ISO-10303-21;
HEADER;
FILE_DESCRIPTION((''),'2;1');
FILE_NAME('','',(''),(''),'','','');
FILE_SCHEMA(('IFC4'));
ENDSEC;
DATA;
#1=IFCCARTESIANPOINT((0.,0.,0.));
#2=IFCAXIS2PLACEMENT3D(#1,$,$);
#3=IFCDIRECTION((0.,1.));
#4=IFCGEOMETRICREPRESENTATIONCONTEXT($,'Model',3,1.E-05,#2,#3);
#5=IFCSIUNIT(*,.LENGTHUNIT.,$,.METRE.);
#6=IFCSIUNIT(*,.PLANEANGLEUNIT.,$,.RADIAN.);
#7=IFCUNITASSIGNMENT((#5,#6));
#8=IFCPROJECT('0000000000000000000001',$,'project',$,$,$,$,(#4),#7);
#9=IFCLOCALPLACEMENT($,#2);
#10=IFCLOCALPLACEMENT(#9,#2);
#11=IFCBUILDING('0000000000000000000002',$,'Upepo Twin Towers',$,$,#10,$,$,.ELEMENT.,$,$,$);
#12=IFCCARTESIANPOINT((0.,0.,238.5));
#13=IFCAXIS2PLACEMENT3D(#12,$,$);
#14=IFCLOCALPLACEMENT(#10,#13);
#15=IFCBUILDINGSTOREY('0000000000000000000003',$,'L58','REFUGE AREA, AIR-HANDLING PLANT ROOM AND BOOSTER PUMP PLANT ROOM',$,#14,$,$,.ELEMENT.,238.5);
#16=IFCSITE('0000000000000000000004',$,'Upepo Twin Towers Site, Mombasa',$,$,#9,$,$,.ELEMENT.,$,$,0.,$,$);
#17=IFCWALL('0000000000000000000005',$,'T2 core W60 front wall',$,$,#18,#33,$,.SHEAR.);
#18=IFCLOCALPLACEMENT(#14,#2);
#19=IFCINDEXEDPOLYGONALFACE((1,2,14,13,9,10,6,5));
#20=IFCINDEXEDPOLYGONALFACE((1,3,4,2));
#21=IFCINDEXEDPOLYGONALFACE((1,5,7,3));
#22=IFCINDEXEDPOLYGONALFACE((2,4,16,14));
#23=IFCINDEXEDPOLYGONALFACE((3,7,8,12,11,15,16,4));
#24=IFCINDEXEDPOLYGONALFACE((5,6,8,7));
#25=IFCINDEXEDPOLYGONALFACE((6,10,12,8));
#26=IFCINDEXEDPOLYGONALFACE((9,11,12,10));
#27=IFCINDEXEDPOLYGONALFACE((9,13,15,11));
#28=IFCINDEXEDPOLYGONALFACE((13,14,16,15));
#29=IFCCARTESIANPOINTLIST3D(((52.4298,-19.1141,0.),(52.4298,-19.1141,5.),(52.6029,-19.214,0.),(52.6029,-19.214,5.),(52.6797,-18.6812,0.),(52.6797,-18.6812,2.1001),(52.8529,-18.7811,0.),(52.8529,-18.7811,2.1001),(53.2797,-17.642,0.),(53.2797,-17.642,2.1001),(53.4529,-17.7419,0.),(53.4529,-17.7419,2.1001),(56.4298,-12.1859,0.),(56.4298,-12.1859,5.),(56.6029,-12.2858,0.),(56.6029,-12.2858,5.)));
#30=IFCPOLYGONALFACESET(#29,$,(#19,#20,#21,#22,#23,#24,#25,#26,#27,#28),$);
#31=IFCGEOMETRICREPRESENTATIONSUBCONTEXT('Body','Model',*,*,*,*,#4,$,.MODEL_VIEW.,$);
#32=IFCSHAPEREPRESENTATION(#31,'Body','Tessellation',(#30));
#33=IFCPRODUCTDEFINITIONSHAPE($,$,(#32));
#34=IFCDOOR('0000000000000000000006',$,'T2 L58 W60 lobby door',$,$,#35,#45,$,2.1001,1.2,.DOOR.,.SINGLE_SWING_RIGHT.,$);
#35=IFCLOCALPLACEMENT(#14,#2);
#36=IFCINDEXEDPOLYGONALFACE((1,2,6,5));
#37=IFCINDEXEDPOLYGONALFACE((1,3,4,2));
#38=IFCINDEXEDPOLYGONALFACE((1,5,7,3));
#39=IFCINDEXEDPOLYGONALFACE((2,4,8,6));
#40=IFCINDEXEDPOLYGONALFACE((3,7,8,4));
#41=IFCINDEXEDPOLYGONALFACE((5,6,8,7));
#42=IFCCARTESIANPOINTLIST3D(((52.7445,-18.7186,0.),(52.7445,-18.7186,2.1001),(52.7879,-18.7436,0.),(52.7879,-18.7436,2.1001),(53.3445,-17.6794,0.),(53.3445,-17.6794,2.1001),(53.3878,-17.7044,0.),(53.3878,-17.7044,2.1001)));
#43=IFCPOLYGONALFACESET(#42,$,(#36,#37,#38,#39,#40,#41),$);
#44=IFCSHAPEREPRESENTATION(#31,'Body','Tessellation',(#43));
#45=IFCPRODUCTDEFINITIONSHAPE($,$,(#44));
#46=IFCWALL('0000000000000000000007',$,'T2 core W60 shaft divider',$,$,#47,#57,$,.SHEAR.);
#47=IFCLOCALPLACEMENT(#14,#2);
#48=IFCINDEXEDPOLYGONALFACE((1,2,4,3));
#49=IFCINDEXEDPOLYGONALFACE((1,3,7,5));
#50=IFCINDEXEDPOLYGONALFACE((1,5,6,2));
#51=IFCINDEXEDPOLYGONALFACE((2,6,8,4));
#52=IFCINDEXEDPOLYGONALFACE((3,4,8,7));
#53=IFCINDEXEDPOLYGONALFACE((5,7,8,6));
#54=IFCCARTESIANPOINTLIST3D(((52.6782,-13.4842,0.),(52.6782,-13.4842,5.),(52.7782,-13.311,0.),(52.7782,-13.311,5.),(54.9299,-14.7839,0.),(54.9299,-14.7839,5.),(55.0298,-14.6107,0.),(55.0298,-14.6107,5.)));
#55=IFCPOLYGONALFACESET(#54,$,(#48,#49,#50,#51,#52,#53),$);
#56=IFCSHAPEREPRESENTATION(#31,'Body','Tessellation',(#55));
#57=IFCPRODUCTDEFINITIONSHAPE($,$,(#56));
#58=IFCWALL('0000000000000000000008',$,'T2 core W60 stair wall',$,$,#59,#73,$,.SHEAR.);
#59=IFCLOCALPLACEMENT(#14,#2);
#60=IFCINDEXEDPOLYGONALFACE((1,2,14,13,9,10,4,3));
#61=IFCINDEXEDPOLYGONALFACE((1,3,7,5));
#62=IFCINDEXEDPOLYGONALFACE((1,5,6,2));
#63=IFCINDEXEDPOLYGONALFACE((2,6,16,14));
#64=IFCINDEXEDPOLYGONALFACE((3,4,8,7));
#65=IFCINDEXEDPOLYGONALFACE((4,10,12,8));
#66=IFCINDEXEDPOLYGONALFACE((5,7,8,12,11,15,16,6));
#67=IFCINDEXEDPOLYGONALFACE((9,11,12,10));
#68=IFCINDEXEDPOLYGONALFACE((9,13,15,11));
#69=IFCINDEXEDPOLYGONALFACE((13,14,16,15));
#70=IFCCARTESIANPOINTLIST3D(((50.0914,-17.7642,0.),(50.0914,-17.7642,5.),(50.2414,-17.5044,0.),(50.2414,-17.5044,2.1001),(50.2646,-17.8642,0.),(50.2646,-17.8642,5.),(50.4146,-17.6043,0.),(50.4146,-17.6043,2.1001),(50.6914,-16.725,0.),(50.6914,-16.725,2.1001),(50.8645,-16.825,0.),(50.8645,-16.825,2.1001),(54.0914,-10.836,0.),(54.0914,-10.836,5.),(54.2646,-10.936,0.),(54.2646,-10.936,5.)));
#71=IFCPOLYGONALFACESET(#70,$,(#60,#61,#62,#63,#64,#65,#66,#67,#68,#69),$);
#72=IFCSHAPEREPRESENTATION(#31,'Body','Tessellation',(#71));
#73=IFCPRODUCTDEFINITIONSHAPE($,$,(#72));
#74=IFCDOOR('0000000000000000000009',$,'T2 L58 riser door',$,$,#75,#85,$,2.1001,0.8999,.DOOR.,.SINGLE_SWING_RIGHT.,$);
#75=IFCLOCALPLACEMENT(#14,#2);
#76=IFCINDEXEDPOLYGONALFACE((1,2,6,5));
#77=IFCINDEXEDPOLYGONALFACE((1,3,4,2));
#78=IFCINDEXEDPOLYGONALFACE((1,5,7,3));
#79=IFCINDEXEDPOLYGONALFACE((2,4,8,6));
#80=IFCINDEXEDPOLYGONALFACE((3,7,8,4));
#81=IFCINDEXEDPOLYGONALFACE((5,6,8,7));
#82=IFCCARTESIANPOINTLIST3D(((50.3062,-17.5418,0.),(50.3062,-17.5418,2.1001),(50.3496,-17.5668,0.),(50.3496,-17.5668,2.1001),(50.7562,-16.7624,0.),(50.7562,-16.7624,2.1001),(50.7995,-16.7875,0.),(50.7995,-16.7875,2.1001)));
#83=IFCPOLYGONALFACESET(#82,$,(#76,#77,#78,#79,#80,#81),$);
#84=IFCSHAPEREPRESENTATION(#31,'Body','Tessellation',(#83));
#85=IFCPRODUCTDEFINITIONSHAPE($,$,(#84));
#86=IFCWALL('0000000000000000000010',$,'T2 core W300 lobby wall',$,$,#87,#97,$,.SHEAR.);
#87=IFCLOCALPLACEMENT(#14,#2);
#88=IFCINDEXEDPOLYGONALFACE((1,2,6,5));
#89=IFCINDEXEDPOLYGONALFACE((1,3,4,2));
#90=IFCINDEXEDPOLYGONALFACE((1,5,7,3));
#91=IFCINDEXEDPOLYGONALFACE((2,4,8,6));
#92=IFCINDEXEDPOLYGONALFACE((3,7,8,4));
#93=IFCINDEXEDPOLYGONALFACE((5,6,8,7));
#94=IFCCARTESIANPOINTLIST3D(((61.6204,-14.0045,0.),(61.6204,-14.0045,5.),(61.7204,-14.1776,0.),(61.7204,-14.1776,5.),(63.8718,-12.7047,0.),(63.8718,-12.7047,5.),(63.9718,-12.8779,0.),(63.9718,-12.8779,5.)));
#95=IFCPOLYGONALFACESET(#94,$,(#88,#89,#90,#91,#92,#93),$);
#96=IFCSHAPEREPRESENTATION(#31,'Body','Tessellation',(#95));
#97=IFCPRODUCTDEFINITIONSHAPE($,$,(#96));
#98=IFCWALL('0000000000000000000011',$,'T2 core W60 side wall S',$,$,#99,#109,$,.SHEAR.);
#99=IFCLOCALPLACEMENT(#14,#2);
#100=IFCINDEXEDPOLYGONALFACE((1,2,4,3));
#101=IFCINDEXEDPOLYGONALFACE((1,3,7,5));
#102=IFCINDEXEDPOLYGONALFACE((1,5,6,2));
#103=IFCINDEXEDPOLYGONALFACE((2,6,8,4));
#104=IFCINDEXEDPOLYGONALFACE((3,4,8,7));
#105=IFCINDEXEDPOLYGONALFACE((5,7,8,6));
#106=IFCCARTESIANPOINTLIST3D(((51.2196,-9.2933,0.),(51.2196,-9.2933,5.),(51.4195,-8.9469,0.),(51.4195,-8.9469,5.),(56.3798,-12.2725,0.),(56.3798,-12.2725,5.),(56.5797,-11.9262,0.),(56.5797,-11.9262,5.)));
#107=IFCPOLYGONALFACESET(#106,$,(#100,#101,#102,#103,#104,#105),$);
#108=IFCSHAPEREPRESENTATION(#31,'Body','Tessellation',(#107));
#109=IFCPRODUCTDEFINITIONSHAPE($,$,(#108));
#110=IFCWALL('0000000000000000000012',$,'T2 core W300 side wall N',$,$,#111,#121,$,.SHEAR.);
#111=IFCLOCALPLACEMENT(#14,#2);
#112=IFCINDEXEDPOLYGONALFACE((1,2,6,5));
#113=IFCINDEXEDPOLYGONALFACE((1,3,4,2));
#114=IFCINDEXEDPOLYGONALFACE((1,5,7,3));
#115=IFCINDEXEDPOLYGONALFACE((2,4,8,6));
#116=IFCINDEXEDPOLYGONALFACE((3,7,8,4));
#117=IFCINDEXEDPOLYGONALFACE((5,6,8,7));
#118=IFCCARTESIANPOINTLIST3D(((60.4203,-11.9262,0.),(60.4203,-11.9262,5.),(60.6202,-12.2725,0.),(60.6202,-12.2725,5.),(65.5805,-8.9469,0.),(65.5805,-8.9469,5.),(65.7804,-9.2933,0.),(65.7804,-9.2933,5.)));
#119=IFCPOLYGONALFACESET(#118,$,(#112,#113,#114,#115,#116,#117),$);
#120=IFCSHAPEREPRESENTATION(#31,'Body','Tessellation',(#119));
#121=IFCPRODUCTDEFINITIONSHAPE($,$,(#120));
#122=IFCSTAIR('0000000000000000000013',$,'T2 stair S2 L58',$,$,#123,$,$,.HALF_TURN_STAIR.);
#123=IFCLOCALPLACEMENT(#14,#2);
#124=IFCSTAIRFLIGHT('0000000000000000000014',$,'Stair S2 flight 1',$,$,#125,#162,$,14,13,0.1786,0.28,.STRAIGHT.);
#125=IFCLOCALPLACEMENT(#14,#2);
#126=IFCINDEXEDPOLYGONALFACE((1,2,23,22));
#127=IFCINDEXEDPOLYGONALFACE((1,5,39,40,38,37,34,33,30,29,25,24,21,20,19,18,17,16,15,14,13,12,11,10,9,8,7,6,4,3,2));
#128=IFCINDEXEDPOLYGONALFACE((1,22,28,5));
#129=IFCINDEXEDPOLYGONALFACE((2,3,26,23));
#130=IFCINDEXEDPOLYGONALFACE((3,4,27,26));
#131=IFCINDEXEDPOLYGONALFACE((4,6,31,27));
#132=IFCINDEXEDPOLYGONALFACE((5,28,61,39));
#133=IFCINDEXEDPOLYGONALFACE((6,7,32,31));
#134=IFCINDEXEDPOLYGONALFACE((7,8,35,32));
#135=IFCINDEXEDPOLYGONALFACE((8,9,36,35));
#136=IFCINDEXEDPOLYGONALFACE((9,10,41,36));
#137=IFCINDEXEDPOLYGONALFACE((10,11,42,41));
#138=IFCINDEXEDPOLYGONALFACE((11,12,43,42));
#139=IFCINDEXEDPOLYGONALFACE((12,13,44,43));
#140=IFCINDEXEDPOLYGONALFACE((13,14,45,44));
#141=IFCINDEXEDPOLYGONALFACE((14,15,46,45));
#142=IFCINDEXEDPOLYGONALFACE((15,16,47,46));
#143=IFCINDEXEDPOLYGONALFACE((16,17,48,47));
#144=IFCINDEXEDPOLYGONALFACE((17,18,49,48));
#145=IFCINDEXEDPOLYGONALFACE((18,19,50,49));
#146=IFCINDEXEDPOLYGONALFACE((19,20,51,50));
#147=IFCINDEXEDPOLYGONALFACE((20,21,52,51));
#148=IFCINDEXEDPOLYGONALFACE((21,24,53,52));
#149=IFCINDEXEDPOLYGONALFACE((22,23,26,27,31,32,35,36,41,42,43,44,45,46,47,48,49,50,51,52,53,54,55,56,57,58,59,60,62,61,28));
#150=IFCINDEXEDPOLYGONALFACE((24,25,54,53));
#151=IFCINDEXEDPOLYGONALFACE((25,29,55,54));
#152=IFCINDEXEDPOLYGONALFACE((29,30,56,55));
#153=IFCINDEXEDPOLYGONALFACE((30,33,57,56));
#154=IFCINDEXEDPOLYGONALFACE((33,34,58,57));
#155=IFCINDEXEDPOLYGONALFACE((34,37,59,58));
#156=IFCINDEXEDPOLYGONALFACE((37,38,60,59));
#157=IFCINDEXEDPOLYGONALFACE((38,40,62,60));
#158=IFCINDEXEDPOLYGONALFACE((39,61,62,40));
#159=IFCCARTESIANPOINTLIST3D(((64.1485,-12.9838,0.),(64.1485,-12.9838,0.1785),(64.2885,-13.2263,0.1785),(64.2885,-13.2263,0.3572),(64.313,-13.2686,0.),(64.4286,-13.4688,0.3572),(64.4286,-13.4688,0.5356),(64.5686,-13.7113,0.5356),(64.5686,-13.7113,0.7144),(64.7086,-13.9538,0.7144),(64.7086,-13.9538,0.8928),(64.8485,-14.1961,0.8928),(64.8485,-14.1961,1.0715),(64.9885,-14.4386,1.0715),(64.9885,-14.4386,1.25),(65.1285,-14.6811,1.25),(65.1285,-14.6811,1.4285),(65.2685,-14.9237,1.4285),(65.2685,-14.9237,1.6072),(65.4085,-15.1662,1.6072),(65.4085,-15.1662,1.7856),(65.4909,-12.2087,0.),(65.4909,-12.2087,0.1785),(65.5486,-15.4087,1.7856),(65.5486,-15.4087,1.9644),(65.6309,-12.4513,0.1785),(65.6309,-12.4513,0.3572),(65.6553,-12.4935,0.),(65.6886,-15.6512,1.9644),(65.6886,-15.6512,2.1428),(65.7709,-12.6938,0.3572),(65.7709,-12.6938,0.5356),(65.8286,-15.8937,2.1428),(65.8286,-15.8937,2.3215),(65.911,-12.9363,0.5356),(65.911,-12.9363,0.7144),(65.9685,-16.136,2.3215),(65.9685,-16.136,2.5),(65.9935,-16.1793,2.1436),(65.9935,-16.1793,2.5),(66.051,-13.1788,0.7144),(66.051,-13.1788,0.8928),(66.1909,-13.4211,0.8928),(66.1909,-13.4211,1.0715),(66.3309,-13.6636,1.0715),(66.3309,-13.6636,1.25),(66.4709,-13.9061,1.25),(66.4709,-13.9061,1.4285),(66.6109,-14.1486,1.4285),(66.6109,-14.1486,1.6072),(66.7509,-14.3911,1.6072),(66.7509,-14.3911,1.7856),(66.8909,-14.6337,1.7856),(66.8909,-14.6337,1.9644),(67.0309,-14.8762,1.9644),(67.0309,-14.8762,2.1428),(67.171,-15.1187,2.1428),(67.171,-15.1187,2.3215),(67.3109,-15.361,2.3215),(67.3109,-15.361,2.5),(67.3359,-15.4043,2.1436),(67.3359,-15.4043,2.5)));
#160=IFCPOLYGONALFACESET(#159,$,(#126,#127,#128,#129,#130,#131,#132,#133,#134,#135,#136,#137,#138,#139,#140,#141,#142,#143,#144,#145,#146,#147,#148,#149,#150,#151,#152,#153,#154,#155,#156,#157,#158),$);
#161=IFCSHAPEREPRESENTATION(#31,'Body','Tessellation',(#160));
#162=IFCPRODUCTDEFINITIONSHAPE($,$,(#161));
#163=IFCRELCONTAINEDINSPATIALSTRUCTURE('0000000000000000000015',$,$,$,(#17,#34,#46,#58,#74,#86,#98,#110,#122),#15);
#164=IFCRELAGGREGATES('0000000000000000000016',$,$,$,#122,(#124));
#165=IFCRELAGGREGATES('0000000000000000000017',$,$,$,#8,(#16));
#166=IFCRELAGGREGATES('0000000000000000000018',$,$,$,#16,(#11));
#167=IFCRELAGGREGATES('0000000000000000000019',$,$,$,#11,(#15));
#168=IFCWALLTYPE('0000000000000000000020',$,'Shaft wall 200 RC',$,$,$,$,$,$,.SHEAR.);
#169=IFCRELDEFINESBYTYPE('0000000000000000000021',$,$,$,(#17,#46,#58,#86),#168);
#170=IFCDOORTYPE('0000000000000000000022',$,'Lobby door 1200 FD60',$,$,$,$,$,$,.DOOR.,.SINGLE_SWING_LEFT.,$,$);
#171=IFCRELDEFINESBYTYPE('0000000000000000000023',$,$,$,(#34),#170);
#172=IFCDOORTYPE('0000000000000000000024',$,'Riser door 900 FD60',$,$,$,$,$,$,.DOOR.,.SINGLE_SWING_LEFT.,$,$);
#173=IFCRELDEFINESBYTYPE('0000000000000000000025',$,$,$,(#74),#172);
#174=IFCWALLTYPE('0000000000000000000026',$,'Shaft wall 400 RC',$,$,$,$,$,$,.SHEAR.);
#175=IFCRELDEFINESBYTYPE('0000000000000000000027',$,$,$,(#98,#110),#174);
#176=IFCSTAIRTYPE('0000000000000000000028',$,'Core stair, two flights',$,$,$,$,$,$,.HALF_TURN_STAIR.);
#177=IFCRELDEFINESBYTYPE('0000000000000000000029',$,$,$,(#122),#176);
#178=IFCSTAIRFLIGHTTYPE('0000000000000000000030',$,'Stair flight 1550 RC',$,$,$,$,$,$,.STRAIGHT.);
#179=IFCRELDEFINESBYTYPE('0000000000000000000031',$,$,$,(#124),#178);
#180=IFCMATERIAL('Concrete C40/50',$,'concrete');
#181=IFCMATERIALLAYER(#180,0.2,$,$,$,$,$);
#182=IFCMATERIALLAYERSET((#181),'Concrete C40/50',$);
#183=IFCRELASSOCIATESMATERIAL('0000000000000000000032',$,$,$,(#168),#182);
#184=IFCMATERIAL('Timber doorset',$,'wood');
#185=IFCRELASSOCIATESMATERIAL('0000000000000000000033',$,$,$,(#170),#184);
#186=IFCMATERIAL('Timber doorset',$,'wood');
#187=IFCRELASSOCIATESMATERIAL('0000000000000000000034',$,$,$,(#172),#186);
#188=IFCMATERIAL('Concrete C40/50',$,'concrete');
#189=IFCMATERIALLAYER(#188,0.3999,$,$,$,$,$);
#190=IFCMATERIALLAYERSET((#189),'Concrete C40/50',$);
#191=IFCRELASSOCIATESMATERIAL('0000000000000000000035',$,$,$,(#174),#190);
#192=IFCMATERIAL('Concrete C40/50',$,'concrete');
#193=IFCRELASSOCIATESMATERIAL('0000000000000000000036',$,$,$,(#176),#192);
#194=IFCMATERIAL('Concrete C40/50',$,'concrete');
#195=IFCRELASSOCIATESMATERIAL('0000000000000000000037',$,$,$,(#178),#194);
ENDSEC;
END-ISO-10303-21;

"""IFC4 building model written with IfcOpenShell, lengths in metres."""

from ifc_helpers import new_model, si_unit, direction, frame, frame_2d, origin, place, context, subcontext, project, spatial, polyline, rectangle, outline, extrude, material, layer, layer_set, type_object, element, fill, aggregate, save


model = new_model("IFC4")

# Units and contexts
model_context = context("Model", 3, precision=1e-05, world=origin(), true_north=direction((0.0, 1.0)))
body_context = subcontext(model_context, "Body", "Model", "MODEL_VIEW")
ifc_project = project(units=[si_unit("LENGTHUNIT", "METRE"), si_unit("PLANEANGLEUNIT", "RADIAN")], contexts=[model_context])

# Site, building, storey
site_placement = place(None, origin())
site = spatial("IfcSite", under=ifc_project, at=site_placement, Name="Upepo Twin Towers Site, Mombasa", CompositionType="ELEMENT", RefElevation=0.0)
building_placement = place(site_placement, origin())
building = spatial("IfcBuilding", under=site, at=building_placement, Name="Upepo Twin Towers", CompositionType="ELEMENT")
storey_placement = place(building_placement, frame((0.0, 0.0, 238.5)))
storey = spatial("IfcBuildingStorey", under=building, at=storey_placement, Name="L58", Description="REFUGE AREA, AIR-HANDLING PLANT ROOM AND BOOSTER PUMP PLANT ROOM", CompositionType="ELEMENT", Elevation=238.5)

# Wall, opening, door
ifc_material_1 = material(Name="Concrete C40/50", Category="concrete")
ifc_layer_1 = layer(ifc_material_1, 0.2)
ifc_layer_set_1 = layer_set([ifc_layer_1], Name="Concrete C40/50")
wall_type_1 = type_object("IfcWallType", Name="Shaft wall 200 RC", PredefinedType="SHEAR", material=ifc_layer_set_1)
wall_1_placement = place(storey_placement, frame((56.5164, -12.2358, 0.0), z_axis=(0.0, 0.0, 1.0), x_axis=(-0.499999, -0.866026, 0.0)))
wall_1 = element("IfcWall", 1, at=wall_1_placement, inside=storey, type_object=wall_type_1, Name="T2 core W60 front wall", PredefinedType="SHEAR", context=body_context, shape_type="SweptSolid", body=[
    extrude(rectangle(XDim=8.0, YDim=0.2, at=frame_2d((4.0, 0.0))), origin(), (0.0, 0.0, 1.0), 5.0),
])
opening_1_placement = place(wall_1_placement, frame((6.3, 0.0, 0.0)))
opening_1 = element("IfcOpeningElement", 2, at=opening_1_placement, cuts=wall_1, PredefinedType="OPENING", context=body_context, shape_type="SweptSolid", body=[
    extrude(rectangle(XDim=1.2, YDim=2.1001, at=frame_2d((0.6001, 1.05))), frame((0.0, 0.1099, 0.0), z_axis=(0.0, -1.0, 0.0), x_axis=(1.0, 0.0, 0.0)), (0.0, 0.0, 1.0), 0.22),
])
ifc_material_2 = material(Name="Timber doorset", Category="wood")
door_type_1 = type_object("IfcDoorType", Name="Lobby door 1200 FD60", OperationType="SINGLE_SWING_LEFT", PredefinedType="DOOR", material=ifc_material_2)
door_1_placement = place(opening_1_placement, origin())
door_1 = element("IfcDoor", 3, at=door_1_placement, inside=storey, type_object=door_type_1, Name="T2 L58 W60 lobby door", OperationType="SINGLE_SWING_RIGHT", OverallHeight=2.1001, OverallWidth=1.2, PredefinedType="DOOR", context=body_context, shape_type="SweptSolid", body=[
    extrude(rectangle(XDim=1.2, YDim=2.1001, at=frame_2d((0.6001, 1.05))), frame((0.0, 0.0249, 0.0), z_axis=(0.0, -1.0, 0.0), x_axis=(1.0, 0.0, 0.0)), (0.0, 0.0, 1.0), 0.05),
])
fill(opening_1, door_1)

# Wall
wall_2_placement = place(storey_placement, frame((54.9797, -14.6973, 0.0), z_axis=(0.0, 0.0, 1.0), x_axis=(-0.866062, 0.499937, 0.0)))
element("IfcWall", 4, at=wall_2_placement, inside=storey, type_object=wall_type_1, Name="T2 core W60 shaft divider", PredefinedType="SHEAR", context=body_context, shape_type="SweptSolid", body=[
    extrude(rectangle(XDim=2.5999, YDim=0.2, at=frame_2d((1.2998, 0.0))), origin(), (0.0, 0.0, 1.0), 5.0),
])

# Wall, opening, door
wall_3_placement = place(storey_placement, frame((54.178, -10.886, 0.0), z_axis=(0.0, 0.0, 1.0), x_axis=(-0.499999, -0.866026, 0.0)))
wall_3 = element("IfcWall", 5, at=wall_3_placement, inside=storey, type_object=wall_type_1, Name="T2 core W60 stair wall", PredefinedType="SHEAR", context=body_context, shape_type="SweptSolid", body=[
    extrude(rectangle(XDim=8.0, YDim=0.2, at=frame_2d((4.0, 0.0))), origin(), (0.0, 0.0, 1.0), 5.0),
])
opening_2_placement = place(wall_3_placement, frame((6.8, 0.0, 0.0)))
opening_2 = element("IfcOpeningElement", 6, at=opening_2_placement, cuts=wall_3, PredefinedType="OPENING", context=body_context, shape_type="SweptSolid", body=[
    extrude(rectangle(XDim=0.8999, YDim=2.1001, at=frame_2d((0.45, 1.05))), frame((0.0, 0.1099, 0.0), z_axis=(0.0, -1.0, 0.0), x_axis=(1.0, 0.0, 0.0)), (0.0, 0.0, 1.0), 0.22),
])
ifc_material_3 = material(Name="Timber doorset", Category="wood")
door_type_2 = type_object("IfcDoorType", Name="Riser door 900 FD60", OperationType="SINGLE_SWING_LEFT", PredefinedType="DOOR", material=ifc_material_3)
door_2_placement = place(opening_2_placement, origin())
door_2 = element("IfcDoor", 7, at=door_2_placement, inside=storey, type_object=door_type_2, Name="T2 L58 riser door", OperationType="SINGLE_SWING_RIGHT", OverallHeight=2.1001, OverallWidth=0.8999, PredefinedType="DOOR", context=body_context, shape_type="SweptSolid", body=[
    extrude(rectangle(XDim=0.8999, YDim=2.1001, at=frame_2d((0.45, 1.05))), frame((0.0, 0.0249, 0.0), z_axis=(0.0, -1.0, 0.0), x_axis=(1.0, 0.0, 0.0)), (0.0, 0.0, 1.0), 0.05),
])
fill(opening_2, door_2)

# Walls
wall_4_placement = place(storey_placement, frame((61.6704, -14.0911, 0.0), z_axis=(0.0, 0.0, 1.0), x_axis=(0.866039, 0.499977, 0.0)))
element("IfcWall", 8, at=wall_4_placement, inside=storey, type_object=wall_type_1, Name="T2 core W300 lobby wall", PredefinedType="SHEAR", context=body_context, shape_type="SweptSolid", body=[
    extrude(rectangle(XDim=2.5996, YDim=0.2, at=frame_2d((1.2998, 0.0))), origin(), (0.0, 0.0, 1.0), 5.0),
])
ifc_material_4 = material(Name="Concrete C40/50", Category="concrete")
ifc_layer_2 = layer(ifc_material_4, 0.3999)
ifc_layer_set_2 = layer_set([ifc_layer_2], Name="Concrete C40/50")
wall_type_2 = type_object("IfcWallType", Name="Shaft wall 400 RC", PredefinedType="SHEAR", material=ifc_layer_set_2)
for number, where, z_axis, x_axis, name in (
    (9, (56.4797, -12.0994, 0.0), (0.0, 0.0, 1.0), (-0.866023, 0.500004, 0.0), "T2 core W60 side wall S"),
    (10, (60.5203, -12.0994, 0.0), (0.0, 0.0, 1.0), (0.866023, 0.500004, 0.0), "T2 core W300 side wall N"),
):
    element("IfcWall", number, at=place(storey_placement, frame(where, z_axis=z_axis, x_axis=x_axis)), inside=storey, type_object=wall_type_2, Name=name, PredefinedType="SHEAR", context=body_context, shape_type="SweptSolid", body=[
        extrude(rectangle(XDim=5.9585, YDim=0.3999, at=frame_2d((2.9792, 0.0))), origin(), (0.0, 0.0, 1.0), 5.0),
    ])

# Stair, stair flight
ifc_material_5 = material(Name="Concrete C40/50", Category="concrete")
stair_type = type_object("IfcStairType", Name="Core stair, two flights", PredefinedType="HALF_TURN_STAIR", material=ifc_material_5)
stair_placement = place(storey_placement, origin())
stair = element("IfcStair", 11, at=stair_placement, inside=storey, type_object=stair_type, Name="T2 stair S2 L58", PredefinedType="HALF_TURN_STAIR")
ifc_material_6 = material(Name="Concrete C40/50", Category="concrete")
stair_flight_type = type_object("IfcStairFlightType", Name="Stair flight 1550 RC", PredefinedType="STRAIGHT", material=ifc_material_6)
stair_flight_1_placement = place(storey_placement, frame((64.8198, -12.5962, 0.0), z_axis=(0.0, 0.0, 1.0), x_axis=(0.5, -0.866025, 0.0)))
stair_flight_1 = element("IfcStairFlight", 12, at=stair_flight_1_placement, type_object=stair_flight_type, Name="Stair S2 flight 1", NumberOfRisers=14, NumberOfTreads=13, PredefinedType="STRAIGHT", RiserHeight=0.1786, TreadLength=0.28, context=body_context, shape_type="SweptSolid", body=[
    extrude(outline(polyline([(0.0, 0.0), (0.0, 0.1785), (0.28, 0.1785), (0.28, 0.3572), (0.5601, 0.3572), (0.5601, 0.5356), (0.8401, 0.5356), (0.8401, 0.7144), (1.1201, 0.7144), (1.1201, 0.8928), (1.3999, 0.8928), (1.3999, 1.0715), (1.6799, 1.0715), (1.6799, 1.25), (1.96, 1.25), (1.96, 1.4285), (2.24, 1.4285), (2.24, 1.6072), (2.52, 1.6072), (2.52, 1.7856), (2.8, 1.7856), (2.8, 1.9644), (3.0801, 1.9644), (3.0801, 2.1428), (3.3601, 2.1428), (3.3601, 2.3215), (3.6399, 2.3215), (3.6399, 2.5), (3.6899, 2.5), (3.6899, 2.1436), (0.3289, 0.0), (0.0, 0.0)])), frame((0.0, 0.7749, 0.0), z_axis=(0.0, -1.0, 0.0), x_axis=(1.0, 0.0, 0.0)), (0.0, 0.0, 1.0), 1.55),
])
aggregate(stair, [stair_flight_1])

save(model, "model.ifc")
